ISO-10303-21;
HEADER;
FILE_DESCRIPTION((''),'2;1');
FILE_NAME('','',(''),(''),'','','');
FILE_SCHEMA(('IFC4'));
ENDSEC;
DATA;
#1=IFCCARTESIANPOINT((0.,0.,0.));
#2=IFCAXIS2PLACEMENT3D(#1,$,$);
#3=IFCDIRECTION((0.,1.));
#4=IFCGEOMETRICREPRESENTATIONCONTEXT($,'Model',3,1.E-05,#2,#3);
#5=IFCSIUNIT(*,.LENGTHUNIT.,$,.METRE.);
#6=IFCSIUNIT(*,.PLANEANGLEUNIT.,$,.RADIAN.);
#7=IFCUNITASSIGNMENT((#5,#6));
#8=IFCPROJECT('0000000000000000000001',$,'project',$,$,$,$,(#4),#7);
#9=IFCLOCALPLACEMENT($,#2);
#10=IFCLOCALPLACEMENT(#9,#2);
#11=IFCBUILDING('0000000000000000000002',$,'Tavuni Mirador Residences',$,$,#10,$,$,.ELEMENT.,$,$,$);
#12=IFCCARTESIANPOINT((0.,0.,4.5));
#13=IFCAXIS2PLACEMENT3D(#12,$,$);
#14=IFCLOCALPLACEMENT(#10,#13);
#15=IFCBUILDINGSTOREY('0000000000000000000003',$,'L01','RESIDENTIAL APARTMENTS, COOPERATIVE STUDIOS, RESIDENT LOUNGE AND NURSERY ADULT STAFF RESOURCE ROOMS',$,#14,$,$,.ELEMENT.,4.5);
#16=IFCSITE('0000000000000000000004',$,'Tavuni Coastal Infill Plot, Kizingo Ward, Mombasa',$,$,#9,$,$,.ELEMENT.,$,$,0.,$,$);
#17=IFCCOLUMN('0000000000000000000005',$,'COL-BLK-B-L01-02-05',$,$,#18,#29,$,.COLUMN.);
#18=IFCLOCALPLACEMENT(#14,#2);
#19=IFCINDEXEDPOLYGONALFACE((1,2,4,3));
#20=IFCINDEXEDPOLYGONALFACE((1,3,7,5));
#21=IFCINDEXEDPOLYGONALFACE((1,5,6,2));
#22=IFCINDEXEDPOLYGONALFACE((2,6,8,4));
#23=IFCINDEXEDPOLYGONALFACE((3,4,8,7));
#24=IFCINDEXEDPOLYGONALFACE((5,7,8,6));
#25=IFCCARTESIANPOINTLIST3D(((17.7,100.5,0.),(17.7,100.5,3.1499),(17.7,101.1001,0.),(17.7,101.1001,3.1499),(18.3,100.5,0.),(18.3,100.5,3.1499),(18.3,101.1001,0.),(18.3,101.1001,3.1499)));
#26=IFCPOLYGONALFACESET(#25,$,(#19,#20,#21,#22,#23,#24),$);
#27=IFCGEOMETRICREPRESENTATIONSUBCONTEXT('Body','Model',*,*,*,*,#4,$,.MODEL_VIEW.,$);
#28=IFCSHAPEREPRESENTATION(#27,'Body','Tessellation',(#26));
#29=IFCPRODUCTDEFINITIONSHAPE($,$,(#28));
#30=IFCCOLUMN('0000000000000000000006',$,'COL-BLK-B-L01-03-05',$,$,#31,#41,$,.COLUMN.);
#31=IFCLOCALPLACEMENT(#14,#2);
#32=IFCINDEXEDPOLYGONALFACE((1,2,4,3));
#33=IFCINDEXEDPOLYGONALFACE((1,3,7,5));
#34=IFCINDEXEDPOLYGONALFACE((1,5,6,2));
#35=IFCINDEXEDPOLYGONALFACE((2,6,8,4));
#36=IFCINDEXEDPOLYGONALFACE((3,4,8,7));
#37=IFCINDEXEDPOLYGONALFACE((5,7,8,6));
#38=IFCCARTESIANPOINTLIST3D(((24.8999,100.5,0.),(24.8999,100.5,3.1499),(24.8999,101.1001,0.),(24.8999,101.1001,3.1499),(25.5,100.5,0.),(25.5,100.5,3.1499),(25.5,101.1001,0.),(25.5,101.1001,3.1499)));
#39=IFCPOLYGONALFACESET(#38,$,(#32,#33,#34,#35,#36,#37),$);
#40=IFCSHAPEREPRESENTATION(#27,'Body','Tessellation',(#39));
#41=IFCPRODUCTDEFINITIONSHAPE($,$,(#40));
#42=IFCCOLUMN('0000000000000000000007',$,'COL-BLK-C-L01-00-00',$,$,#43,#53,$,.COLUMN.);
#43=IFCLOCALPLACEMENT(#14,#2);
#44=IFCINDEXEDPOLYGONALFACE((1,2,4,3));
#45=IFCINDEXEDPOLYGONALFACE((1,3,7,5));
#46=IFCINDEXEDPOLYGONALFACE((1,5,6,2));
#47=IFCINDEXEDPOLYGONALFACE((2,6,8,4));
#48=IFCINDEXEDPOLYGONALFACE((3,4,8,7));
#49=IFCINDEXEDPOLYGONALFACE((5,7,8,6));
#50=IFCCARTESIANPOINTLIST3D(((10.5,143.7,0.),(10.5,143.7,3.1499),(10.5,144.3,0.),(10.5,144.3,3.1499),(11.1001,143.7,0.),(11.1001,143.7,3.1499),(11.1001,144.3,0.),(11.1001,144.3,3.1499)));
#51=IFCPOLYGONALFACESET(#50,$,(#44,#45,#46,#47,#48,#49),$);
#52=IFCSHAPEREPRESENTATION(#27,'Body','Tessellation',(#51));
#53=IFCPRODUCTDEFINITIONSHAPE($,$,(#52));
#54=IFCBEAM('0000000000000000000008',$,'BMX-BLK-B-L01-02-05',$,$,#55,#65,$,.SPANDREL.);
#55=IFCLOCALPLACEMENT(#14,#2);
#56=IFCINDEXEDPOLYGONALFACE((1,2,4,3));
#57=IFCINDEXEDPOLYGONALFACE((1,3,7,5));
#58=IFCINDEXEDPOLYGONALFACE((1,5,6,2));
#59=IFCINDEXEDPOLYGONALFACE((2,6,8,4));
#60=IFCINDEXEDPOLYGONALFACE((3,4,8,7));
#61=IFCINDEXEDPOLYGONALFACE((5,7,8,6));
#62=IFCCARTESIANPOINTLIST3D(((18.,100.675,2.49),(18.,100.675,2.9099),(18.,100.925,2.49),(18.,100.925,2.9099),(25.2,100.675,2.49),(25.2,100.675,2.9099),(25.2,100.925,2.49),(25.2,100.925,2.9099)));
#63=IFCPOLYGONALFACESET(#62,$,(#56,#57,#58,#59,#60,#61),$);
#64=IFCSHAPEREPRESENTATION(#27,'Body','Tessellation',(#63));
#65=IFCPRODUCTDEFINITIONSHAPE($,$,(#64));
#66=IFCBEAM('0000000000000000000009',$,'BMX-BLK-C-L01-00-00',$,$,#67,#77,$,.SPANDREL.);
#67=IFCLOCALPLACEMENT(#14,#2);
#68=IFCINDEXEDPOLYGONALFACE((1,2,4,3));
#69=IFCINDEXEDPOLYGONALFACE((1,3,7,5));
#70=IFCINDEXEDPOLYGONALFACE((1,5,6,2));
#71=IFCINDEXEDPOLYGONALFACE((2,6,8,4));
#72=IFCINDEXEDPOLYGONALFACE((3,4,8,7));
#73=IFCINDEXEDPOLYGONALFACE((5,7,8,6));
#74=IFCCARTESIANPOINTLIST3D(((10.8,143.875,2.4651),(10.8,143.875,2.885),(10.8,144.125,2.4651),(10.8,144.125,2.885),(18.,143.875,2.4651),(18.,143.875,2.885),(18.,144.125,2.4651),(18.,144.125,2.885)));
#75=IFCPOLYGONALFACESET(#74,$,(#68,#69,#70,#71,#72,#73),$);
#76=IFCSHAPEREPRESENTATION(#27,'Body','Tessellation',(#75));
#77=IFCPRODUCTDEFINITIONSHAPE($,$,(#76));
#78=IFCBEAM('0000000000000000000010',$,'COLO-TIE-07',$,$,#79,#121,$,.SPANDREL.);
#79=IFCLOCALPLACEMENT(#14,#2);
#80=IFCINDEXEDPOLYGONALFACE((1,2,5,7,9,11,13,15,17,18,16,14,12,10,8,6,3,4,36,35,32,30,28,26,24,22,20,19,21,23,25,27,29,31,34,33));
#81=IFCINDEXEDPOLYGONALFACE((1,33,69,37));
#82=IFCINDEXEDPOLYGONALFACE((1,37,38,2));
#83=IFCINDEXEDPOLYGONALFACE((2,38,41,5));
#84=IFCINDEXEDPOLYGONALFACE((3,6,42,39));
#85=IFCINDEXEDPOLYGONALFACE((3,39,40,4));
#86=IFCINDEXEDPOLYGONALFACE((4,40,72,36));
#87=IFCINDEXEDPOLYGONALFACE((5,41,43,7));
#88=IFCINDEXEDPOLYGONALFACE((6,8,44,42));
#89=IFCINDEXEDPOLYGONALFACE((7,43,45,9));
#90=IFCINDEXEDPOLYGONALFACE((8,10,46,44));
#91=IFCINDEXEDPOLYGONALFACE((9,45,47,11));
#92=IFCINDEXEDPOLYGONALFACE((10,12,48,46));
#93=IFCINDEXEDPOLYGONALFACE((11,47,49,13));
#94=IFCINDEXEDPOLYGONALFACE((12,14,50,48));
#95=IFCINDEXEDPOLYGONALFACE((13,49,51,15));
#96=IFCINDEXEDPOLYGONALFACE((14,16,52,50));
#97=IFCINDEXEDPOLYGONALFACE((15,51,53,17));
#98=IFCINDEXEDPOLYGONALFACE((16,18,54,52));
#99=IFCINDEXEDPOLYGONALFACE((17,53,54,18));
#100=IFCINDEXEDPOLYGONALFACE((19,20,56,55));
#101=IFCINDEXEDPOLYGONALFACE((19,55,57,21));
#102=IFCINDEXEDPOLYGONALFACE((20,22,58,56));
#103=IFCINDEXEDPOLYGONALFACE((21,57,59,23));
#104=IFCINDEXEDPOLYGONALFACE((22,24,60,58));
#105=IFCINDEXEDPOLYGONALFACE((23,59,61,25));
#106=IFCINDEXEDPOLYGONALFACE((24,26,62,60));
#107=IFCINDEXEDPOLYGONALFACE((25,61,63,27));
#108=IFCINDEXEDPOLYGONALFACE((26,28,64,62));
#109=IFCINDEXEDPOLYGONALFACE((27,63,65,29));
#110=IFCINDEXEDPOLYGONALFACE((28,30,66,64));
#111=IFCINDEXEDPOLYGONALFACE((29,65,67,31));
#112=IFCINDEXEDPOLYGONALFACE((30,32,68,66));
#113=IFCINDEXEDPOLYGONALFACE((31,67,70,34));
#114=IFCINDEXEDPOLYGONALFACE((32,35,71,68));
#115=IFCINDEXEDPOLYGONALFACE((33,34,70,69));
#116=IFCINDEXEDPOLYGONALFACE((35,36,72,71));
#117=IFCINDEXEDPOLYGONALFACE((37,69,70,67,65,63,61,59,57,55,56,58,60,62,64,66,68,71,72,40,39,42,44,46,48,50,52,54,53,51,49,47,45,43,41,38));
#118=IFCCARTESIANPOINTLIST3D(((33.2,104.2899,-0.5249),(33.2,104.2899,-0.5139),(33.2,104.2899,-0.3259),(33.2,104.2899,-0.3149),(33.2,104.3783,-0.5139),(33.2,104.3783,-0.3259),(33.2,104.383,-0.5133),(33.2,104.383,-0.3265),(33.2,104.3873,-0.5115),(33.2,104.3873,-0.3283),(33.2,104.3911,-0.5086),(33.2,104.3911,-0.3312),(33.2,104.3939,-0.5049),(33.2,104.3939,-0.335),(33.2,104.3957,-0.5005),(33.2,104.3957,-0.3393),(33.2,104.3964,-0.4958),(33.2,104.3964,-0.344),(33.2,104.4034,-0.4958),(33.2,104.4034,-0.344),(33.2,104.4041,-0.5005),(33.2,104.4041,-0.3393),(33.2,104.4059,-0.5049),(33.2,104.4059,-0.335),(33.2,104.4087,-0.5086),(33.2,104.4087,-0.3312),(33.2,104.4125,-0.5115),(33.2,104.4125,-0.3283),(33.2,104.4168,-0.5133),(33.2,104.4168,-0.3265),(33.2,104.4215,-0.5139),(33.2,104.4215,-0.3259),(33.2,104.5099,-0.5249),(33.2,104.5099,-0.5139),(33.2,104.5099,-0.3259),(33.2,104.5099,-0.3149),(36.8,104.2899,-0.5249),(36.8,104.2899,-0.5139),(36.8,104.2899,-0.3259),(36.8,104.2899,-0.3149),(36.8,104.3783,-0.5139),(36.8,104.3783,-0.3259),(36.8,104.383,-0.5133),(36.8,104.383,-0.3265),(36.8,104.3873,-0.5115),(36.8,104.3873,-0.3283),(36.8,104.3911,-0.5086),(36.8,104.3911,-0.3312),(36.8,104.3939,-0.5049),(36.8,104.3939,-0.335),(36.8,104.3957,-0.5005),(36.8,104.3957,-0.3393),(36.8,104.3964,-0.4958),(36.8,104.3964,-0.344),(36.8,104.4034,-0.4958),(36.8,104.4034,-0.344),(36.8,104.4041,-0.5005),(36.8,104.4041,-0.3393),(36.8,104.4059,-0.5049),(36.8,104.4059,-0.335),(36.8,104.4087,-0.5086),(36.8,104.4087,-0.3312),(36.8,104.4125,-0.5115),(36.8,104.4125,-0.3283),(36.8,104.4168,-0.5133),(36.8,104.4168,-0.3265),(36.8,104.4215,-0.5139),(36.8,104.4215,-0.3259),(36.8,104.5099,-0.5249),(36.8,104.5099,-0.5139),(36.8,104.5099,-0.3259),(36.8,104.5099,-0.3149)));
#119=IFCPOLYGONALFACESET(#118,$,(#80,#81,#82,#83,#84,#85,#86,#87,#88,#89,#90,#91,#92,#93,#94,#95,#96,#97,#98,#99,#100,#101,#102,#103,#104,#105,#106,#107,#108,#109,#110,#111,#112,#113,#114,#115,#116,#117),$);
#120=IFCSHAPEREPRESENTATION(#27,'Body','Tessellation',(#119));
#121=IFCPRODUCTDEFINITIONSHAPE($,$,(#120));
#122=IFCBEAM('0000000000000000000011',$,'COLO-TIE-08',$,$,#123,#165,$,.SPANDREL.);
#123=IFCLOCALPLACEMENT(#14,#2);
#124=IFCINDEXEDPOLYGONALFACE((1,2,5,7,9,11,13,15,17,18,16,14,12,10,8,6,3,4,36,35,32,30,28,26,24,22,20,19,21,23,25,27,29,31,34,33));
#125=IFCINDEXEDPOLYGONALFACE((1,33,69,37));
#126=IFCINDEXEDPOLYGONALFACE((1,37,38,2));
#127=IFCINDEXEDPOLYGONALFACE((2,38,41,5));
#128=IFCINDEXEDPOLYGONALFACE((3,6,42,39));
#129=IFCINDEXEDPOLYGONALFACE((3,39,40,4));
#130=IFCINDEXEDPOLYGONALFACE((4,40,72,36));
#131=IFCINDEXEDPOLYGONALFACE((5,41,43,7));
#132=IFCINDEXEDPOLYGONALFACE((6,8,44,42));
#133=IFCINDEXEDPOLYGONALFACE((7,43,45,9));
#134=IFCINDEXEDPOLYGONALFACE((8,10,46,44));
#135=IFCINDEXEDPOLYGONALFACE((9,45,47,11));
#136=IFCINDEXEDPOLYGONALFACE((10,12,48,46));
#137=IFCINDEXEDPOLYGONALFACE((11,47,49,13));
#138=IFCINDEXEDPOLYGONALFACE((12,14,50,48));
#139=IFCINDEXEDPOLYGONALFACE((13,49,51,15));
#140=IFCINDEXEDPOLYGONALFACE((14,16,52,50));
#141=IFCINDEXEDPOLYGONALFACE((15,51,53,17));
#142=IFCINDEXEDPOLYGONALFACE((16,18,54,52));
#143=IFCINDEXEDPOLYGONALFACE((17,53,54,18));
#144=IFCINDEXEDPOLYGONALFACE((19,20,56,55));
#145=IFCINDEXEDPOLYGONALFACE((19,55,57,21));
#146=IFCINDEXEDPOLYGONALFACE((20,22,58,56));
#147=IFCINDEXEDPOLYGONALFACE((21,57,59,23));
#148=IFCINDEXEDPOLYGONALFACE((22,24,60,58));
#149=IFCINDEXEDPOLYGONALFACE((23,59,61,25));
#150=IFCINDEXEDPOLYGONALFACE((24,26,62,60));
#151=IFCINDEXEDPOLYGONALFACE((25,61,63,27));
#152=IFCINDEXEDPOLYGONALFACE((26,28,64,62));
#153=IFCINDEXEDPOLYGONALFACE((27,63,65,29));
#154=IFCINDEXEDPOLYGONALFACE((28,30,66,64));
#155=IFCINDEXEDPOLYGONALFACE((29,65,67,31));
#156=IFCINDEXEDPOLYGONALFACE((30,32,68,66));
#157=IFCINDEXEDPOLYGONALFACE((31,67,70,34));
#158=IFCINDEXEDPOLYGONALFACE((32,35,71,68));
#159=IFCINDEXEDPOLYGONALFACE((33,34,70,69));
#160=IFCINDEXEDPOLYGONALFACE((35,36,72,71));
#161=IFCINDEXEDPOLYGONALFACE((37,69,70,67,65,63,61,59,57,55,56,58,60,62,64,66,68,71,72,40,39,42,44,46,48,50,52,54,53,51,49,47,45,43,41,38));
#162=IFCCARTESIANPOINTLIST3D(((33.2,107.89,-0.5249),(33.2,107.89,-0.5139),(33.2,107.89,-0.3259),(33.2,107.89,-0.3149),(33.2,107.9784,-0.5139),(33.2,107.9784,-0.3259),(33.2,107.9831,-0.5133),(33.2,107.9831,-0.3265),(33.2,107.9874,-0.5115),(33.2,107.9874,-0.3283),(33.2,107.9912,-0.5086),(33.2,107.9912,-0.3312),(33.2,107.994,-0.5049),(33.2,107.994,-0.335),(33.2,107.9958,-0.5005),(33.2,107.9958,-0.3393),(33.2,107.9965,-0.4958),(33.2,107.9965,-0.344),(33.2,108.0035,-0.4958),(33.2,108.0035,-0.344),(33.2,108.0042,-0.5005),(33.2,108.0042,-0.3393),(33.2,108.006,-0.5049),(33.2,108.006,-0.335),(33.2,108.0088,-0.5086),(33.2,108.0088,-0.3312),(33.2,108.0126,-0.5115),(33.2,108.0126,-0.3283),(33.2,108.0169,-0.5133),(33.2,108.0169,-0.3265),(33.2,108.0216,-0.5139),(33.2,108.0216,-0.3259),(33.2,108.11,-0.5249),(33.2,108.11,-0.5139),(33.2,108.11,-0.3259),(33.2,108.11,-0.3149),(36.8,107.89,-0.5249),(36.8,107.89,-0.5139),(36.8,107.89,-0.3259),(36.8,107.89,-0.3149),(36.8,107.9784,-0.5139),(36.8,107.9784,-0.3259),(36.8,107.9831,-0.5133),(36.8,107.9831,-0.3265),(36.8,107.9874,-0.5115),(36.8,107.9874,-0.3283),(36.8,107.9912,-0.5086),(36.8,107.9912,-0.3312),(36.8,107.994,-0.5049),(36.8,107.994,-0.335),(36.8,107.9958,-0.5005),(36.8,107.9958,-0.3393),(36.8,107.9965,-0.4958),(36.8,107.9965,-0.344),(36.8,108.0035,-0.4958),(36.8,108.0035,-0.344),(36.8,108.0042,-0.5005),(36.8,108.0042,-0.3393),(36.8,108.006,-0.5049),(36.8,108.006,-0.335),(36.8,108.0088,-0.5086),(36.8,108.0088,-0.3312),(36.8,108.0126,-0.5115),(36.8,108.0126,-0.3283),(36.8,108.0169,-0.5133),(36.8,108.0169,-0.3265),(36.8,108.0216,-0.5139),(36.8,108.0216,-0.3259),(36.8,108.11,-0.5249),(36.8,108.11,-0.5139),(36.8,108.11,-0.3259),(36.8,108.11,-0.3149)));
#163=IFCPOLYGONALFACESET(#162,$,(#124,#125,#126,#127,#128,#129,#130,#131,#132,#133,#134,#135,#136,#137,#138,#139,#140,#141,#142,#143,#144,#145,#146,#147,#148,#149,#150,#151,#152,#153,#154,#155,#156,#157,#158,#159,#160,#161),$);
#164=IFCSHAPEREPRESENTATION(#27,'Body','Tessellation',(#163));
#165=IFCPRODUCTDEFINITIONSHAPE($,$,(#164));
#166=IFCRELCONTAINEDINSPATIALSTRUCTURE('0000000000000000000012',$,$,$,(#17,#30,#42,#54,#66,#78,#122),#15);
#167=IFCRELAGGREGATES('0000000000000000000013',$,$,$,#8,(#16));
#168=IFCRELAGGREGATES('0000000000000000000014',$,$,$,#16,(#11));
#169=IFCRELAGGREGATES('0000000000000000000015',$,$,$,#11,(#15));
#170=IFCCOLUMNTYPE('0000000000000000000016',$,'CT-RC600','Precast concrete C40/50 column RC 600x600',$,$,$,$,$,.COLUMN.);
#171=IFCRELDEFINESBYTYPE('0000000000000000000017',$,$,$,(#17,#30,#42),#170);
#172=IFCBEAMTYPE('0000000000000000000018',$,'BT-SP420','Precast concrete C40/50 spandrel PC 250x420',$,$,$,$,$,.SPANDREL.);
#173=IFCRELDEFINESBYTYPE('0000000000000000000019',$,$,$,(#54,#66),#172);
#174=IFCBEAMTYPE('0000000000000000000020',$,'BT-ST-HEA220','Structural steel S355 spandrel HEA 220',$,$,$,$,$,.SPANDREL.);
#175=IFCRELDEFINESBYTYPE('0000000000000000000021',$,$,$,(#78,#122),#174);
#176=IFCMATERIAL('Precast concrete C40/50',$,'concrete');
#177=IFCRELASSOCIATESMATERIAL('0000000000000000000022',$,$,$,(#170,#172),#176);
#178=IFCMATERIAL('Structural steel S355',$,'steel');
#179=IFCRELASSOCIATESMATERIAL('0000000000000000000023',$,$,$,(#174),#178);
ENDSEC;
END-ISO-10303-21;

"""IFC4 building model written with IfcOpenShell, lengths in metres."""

from ifc_helpers import new_model, si_unit, direction, frame, origin, origin_2d, place, context, subcontext, project, spatial, rectangle, i_section, extrude, material, material_profile, profile_set, type_object, element, save


model = new_model("IFC4")

# Units and contexts
model_context = context("Model", 3, precision=1e-05, world=origin(), true_north=direction((0.0, 1.0)))
body_context = subcontext(model_context, "Body", "Model", "MODEL_VIEW")
ifc_project = project(units=[si_unit("LENGTHUNIT", "METRE"), si_unit("PLANEANGLEUNIT", "RADIAN")], contexts=[model_context])

# Site, building, storey
site_placement = place(None, origin())
site = spatial("IfcSite", under=ifc_project, at=site_placement, Name="Tavuni Coastal Infill Plot, Kizingo Ward, Mombasa", CompositionType="ELEMENT", RefElevation=0.0)
building_placement = place(site_placement, origin())
building = spatial("IfcBuilding", under=site, at=building_placement, Name="Tavuni Mirador Residences", CompositionType="ELEMENT")
storey_placement = place(building_placement, frame((0.0, 0.0, 4.5)))
storey = spatial("IfcBuildingStorey", under=building, at=storey_placement, Name="L01", Description="RESIDENTIAL APARTMENTS, COOPERATIVE STUDIOS, RESIDENT LOUNGE AND NURSERY ADULT STAFF RESOURCE ROOMS", CompositionType="ELEMENT", Elevation=4.5)

# Columns
ifc_material_1 = material(Name="Precast concrete C40/50", Category="concrete")
ifc_material_profile_1 = material_profile(ifc_material_1, rectangle(XDim=0.6001, YDim=0.6001, at=origin_2d()), Name="RC 600x600", Category="concrete")
ifc_profile_set_1 = profile_set([ifc_material_profile_1], Name="Precast concrete C40/50")
column_type = type_object("IfcColumnType", Name="CT-RC600", Description="Precast concrete C40/50 column RC 600x600", PredefinedType="COLUMN", material=ifc_profile_set_1)
for number, where, z_axis, x_axis, name in (
    (1, (18.0, 100.8, 0.0), (0.0, 0.0, 1.0), (1.0, 0.0, 0.0), "COL-BLK-B-L01-02-05"),
    (2, (25.2, 100.8, 0.0), (0.0, 0.0, 1.0), (1.0, 0.0, 0.0), "COL-BLK-B-L01-03-05"),
    (3, (10.8, 144.0, 0.0), (0.0, 0.0, 1.0), (1.0, 0.0, 0.0), "COL-BLK-C-L01-00-00"),
):
    element("IfcColumn", number, at=place(storey_placement, frame(where, z_axis=z_axis, x_axis=x_axis)), inside=storey, type_object=column_type, Name=name, PredefinedType="COLUMN", context=body_context, shape_type="SweptSolid", body=[
        extrude(rectangle(XDim=0.6001, YDim=0.6001, at=origin_2d()), origin(), (0.0, 0.0, 1.0), 3.1499),
    ])

# Beams
ifc_material_profile_2 = material_profile(ifc_material_1, rectangle(XDim=0.25, YDim=0.4199, at=origin_2d()), Name="PC 250x420", Category="concrete")
ifc_profile_set_2 = profile_set([ifc_material_profile_2], Name="Precast concrete C40/50")
beam_type_1 = type_object("IfcBeamType", Name="BT-SP420", Description="Precast concrete C40/50 spandrel PC 250x420", PredefinedType="SPANDREL", material=ifc_profile_set_2)
for number, where, z_axis, x_axis, name in (
    (4, (18.0, 100.8, 2.7), (1.0, 0.0, 0.0), (0.0, 1.0, 0.0), "BMX-BLK-B-L01-02-05"),
    (5, (10.8, 144.0, 2.675), (1.0, 0.0, 0.0), (0.0, 1.0, 0.0), "BMX-BLK-C-L01-00-00"),
):
    element("IfcBeam", number, at=place(storey_placement, frame(where, z_axis=z_axis, x_axis=x_axis)), inside=storey, type_object=beam_type_1, Name=name, PredefinedType="SPANDREL", context=body_context, shape_type="SweptSolid", body=[
        extrude(rectangle(XDim=0.25, YDim=0.4199, at=origin_2d()), origin(), (0.0, 0.0, 1.0), 7.2),
    ])
ifc_material_2 = material(Name="Structural steel S355", Category="steel")
ifc_material_profile_3 = material_profile(ifc_material_2, i_section(OverallWidth=0.22, OverallDepth=0.21, WebThickness=0.0071, FlangeThickness=0.011, FilletRadius=0.0181, at=origin_2d()), Name="HEA 220", Category="steel")
ifc_profile_set_3 = profile_set([ifc_material_profile_3], Name="Structural steel S355")
beam_type_2 = type_object("IfcBeamType", Name="BT-ST-HEA220", Description="Structural steel S355 spandrel HEA 220", PredefinedType="SPANDREL", material=ifc_profile_set_3)
for number, where, z_axis, x_axis, name in (
    (6, (33.2, 104.3999, -0.4199), (1.0, 0.0, 0.0), (0.0, 1.0, 0.0), "COLO-TIE-07"),
    (7, (33.2, 108.0, -0.4199), (1.0, 0.0, 0.0), (0.0, 1.0, 0.0), "COLO-TIE-08"),
):
    element("IfcBeam", number, at=place(storey_placement, frame(where, z_axis=z_axis, x_axis=x_axis)), inside=storey, type_object=beam_type_2, Name=name, PredefinedType="SPANDREL", context=body_context, shape_type="SweptSolid", body=[
        extrude(i_section(OverallWidth=0.22, OverallDepth=0.21, WebThickness=0.0071, FlangeThickness=0.011, FilletRadius=0.0181, at=origin_2d()), origin(), (0.0, 0.0, 1.0), 3.6001),
    ])

save(model, "model.ifc")
